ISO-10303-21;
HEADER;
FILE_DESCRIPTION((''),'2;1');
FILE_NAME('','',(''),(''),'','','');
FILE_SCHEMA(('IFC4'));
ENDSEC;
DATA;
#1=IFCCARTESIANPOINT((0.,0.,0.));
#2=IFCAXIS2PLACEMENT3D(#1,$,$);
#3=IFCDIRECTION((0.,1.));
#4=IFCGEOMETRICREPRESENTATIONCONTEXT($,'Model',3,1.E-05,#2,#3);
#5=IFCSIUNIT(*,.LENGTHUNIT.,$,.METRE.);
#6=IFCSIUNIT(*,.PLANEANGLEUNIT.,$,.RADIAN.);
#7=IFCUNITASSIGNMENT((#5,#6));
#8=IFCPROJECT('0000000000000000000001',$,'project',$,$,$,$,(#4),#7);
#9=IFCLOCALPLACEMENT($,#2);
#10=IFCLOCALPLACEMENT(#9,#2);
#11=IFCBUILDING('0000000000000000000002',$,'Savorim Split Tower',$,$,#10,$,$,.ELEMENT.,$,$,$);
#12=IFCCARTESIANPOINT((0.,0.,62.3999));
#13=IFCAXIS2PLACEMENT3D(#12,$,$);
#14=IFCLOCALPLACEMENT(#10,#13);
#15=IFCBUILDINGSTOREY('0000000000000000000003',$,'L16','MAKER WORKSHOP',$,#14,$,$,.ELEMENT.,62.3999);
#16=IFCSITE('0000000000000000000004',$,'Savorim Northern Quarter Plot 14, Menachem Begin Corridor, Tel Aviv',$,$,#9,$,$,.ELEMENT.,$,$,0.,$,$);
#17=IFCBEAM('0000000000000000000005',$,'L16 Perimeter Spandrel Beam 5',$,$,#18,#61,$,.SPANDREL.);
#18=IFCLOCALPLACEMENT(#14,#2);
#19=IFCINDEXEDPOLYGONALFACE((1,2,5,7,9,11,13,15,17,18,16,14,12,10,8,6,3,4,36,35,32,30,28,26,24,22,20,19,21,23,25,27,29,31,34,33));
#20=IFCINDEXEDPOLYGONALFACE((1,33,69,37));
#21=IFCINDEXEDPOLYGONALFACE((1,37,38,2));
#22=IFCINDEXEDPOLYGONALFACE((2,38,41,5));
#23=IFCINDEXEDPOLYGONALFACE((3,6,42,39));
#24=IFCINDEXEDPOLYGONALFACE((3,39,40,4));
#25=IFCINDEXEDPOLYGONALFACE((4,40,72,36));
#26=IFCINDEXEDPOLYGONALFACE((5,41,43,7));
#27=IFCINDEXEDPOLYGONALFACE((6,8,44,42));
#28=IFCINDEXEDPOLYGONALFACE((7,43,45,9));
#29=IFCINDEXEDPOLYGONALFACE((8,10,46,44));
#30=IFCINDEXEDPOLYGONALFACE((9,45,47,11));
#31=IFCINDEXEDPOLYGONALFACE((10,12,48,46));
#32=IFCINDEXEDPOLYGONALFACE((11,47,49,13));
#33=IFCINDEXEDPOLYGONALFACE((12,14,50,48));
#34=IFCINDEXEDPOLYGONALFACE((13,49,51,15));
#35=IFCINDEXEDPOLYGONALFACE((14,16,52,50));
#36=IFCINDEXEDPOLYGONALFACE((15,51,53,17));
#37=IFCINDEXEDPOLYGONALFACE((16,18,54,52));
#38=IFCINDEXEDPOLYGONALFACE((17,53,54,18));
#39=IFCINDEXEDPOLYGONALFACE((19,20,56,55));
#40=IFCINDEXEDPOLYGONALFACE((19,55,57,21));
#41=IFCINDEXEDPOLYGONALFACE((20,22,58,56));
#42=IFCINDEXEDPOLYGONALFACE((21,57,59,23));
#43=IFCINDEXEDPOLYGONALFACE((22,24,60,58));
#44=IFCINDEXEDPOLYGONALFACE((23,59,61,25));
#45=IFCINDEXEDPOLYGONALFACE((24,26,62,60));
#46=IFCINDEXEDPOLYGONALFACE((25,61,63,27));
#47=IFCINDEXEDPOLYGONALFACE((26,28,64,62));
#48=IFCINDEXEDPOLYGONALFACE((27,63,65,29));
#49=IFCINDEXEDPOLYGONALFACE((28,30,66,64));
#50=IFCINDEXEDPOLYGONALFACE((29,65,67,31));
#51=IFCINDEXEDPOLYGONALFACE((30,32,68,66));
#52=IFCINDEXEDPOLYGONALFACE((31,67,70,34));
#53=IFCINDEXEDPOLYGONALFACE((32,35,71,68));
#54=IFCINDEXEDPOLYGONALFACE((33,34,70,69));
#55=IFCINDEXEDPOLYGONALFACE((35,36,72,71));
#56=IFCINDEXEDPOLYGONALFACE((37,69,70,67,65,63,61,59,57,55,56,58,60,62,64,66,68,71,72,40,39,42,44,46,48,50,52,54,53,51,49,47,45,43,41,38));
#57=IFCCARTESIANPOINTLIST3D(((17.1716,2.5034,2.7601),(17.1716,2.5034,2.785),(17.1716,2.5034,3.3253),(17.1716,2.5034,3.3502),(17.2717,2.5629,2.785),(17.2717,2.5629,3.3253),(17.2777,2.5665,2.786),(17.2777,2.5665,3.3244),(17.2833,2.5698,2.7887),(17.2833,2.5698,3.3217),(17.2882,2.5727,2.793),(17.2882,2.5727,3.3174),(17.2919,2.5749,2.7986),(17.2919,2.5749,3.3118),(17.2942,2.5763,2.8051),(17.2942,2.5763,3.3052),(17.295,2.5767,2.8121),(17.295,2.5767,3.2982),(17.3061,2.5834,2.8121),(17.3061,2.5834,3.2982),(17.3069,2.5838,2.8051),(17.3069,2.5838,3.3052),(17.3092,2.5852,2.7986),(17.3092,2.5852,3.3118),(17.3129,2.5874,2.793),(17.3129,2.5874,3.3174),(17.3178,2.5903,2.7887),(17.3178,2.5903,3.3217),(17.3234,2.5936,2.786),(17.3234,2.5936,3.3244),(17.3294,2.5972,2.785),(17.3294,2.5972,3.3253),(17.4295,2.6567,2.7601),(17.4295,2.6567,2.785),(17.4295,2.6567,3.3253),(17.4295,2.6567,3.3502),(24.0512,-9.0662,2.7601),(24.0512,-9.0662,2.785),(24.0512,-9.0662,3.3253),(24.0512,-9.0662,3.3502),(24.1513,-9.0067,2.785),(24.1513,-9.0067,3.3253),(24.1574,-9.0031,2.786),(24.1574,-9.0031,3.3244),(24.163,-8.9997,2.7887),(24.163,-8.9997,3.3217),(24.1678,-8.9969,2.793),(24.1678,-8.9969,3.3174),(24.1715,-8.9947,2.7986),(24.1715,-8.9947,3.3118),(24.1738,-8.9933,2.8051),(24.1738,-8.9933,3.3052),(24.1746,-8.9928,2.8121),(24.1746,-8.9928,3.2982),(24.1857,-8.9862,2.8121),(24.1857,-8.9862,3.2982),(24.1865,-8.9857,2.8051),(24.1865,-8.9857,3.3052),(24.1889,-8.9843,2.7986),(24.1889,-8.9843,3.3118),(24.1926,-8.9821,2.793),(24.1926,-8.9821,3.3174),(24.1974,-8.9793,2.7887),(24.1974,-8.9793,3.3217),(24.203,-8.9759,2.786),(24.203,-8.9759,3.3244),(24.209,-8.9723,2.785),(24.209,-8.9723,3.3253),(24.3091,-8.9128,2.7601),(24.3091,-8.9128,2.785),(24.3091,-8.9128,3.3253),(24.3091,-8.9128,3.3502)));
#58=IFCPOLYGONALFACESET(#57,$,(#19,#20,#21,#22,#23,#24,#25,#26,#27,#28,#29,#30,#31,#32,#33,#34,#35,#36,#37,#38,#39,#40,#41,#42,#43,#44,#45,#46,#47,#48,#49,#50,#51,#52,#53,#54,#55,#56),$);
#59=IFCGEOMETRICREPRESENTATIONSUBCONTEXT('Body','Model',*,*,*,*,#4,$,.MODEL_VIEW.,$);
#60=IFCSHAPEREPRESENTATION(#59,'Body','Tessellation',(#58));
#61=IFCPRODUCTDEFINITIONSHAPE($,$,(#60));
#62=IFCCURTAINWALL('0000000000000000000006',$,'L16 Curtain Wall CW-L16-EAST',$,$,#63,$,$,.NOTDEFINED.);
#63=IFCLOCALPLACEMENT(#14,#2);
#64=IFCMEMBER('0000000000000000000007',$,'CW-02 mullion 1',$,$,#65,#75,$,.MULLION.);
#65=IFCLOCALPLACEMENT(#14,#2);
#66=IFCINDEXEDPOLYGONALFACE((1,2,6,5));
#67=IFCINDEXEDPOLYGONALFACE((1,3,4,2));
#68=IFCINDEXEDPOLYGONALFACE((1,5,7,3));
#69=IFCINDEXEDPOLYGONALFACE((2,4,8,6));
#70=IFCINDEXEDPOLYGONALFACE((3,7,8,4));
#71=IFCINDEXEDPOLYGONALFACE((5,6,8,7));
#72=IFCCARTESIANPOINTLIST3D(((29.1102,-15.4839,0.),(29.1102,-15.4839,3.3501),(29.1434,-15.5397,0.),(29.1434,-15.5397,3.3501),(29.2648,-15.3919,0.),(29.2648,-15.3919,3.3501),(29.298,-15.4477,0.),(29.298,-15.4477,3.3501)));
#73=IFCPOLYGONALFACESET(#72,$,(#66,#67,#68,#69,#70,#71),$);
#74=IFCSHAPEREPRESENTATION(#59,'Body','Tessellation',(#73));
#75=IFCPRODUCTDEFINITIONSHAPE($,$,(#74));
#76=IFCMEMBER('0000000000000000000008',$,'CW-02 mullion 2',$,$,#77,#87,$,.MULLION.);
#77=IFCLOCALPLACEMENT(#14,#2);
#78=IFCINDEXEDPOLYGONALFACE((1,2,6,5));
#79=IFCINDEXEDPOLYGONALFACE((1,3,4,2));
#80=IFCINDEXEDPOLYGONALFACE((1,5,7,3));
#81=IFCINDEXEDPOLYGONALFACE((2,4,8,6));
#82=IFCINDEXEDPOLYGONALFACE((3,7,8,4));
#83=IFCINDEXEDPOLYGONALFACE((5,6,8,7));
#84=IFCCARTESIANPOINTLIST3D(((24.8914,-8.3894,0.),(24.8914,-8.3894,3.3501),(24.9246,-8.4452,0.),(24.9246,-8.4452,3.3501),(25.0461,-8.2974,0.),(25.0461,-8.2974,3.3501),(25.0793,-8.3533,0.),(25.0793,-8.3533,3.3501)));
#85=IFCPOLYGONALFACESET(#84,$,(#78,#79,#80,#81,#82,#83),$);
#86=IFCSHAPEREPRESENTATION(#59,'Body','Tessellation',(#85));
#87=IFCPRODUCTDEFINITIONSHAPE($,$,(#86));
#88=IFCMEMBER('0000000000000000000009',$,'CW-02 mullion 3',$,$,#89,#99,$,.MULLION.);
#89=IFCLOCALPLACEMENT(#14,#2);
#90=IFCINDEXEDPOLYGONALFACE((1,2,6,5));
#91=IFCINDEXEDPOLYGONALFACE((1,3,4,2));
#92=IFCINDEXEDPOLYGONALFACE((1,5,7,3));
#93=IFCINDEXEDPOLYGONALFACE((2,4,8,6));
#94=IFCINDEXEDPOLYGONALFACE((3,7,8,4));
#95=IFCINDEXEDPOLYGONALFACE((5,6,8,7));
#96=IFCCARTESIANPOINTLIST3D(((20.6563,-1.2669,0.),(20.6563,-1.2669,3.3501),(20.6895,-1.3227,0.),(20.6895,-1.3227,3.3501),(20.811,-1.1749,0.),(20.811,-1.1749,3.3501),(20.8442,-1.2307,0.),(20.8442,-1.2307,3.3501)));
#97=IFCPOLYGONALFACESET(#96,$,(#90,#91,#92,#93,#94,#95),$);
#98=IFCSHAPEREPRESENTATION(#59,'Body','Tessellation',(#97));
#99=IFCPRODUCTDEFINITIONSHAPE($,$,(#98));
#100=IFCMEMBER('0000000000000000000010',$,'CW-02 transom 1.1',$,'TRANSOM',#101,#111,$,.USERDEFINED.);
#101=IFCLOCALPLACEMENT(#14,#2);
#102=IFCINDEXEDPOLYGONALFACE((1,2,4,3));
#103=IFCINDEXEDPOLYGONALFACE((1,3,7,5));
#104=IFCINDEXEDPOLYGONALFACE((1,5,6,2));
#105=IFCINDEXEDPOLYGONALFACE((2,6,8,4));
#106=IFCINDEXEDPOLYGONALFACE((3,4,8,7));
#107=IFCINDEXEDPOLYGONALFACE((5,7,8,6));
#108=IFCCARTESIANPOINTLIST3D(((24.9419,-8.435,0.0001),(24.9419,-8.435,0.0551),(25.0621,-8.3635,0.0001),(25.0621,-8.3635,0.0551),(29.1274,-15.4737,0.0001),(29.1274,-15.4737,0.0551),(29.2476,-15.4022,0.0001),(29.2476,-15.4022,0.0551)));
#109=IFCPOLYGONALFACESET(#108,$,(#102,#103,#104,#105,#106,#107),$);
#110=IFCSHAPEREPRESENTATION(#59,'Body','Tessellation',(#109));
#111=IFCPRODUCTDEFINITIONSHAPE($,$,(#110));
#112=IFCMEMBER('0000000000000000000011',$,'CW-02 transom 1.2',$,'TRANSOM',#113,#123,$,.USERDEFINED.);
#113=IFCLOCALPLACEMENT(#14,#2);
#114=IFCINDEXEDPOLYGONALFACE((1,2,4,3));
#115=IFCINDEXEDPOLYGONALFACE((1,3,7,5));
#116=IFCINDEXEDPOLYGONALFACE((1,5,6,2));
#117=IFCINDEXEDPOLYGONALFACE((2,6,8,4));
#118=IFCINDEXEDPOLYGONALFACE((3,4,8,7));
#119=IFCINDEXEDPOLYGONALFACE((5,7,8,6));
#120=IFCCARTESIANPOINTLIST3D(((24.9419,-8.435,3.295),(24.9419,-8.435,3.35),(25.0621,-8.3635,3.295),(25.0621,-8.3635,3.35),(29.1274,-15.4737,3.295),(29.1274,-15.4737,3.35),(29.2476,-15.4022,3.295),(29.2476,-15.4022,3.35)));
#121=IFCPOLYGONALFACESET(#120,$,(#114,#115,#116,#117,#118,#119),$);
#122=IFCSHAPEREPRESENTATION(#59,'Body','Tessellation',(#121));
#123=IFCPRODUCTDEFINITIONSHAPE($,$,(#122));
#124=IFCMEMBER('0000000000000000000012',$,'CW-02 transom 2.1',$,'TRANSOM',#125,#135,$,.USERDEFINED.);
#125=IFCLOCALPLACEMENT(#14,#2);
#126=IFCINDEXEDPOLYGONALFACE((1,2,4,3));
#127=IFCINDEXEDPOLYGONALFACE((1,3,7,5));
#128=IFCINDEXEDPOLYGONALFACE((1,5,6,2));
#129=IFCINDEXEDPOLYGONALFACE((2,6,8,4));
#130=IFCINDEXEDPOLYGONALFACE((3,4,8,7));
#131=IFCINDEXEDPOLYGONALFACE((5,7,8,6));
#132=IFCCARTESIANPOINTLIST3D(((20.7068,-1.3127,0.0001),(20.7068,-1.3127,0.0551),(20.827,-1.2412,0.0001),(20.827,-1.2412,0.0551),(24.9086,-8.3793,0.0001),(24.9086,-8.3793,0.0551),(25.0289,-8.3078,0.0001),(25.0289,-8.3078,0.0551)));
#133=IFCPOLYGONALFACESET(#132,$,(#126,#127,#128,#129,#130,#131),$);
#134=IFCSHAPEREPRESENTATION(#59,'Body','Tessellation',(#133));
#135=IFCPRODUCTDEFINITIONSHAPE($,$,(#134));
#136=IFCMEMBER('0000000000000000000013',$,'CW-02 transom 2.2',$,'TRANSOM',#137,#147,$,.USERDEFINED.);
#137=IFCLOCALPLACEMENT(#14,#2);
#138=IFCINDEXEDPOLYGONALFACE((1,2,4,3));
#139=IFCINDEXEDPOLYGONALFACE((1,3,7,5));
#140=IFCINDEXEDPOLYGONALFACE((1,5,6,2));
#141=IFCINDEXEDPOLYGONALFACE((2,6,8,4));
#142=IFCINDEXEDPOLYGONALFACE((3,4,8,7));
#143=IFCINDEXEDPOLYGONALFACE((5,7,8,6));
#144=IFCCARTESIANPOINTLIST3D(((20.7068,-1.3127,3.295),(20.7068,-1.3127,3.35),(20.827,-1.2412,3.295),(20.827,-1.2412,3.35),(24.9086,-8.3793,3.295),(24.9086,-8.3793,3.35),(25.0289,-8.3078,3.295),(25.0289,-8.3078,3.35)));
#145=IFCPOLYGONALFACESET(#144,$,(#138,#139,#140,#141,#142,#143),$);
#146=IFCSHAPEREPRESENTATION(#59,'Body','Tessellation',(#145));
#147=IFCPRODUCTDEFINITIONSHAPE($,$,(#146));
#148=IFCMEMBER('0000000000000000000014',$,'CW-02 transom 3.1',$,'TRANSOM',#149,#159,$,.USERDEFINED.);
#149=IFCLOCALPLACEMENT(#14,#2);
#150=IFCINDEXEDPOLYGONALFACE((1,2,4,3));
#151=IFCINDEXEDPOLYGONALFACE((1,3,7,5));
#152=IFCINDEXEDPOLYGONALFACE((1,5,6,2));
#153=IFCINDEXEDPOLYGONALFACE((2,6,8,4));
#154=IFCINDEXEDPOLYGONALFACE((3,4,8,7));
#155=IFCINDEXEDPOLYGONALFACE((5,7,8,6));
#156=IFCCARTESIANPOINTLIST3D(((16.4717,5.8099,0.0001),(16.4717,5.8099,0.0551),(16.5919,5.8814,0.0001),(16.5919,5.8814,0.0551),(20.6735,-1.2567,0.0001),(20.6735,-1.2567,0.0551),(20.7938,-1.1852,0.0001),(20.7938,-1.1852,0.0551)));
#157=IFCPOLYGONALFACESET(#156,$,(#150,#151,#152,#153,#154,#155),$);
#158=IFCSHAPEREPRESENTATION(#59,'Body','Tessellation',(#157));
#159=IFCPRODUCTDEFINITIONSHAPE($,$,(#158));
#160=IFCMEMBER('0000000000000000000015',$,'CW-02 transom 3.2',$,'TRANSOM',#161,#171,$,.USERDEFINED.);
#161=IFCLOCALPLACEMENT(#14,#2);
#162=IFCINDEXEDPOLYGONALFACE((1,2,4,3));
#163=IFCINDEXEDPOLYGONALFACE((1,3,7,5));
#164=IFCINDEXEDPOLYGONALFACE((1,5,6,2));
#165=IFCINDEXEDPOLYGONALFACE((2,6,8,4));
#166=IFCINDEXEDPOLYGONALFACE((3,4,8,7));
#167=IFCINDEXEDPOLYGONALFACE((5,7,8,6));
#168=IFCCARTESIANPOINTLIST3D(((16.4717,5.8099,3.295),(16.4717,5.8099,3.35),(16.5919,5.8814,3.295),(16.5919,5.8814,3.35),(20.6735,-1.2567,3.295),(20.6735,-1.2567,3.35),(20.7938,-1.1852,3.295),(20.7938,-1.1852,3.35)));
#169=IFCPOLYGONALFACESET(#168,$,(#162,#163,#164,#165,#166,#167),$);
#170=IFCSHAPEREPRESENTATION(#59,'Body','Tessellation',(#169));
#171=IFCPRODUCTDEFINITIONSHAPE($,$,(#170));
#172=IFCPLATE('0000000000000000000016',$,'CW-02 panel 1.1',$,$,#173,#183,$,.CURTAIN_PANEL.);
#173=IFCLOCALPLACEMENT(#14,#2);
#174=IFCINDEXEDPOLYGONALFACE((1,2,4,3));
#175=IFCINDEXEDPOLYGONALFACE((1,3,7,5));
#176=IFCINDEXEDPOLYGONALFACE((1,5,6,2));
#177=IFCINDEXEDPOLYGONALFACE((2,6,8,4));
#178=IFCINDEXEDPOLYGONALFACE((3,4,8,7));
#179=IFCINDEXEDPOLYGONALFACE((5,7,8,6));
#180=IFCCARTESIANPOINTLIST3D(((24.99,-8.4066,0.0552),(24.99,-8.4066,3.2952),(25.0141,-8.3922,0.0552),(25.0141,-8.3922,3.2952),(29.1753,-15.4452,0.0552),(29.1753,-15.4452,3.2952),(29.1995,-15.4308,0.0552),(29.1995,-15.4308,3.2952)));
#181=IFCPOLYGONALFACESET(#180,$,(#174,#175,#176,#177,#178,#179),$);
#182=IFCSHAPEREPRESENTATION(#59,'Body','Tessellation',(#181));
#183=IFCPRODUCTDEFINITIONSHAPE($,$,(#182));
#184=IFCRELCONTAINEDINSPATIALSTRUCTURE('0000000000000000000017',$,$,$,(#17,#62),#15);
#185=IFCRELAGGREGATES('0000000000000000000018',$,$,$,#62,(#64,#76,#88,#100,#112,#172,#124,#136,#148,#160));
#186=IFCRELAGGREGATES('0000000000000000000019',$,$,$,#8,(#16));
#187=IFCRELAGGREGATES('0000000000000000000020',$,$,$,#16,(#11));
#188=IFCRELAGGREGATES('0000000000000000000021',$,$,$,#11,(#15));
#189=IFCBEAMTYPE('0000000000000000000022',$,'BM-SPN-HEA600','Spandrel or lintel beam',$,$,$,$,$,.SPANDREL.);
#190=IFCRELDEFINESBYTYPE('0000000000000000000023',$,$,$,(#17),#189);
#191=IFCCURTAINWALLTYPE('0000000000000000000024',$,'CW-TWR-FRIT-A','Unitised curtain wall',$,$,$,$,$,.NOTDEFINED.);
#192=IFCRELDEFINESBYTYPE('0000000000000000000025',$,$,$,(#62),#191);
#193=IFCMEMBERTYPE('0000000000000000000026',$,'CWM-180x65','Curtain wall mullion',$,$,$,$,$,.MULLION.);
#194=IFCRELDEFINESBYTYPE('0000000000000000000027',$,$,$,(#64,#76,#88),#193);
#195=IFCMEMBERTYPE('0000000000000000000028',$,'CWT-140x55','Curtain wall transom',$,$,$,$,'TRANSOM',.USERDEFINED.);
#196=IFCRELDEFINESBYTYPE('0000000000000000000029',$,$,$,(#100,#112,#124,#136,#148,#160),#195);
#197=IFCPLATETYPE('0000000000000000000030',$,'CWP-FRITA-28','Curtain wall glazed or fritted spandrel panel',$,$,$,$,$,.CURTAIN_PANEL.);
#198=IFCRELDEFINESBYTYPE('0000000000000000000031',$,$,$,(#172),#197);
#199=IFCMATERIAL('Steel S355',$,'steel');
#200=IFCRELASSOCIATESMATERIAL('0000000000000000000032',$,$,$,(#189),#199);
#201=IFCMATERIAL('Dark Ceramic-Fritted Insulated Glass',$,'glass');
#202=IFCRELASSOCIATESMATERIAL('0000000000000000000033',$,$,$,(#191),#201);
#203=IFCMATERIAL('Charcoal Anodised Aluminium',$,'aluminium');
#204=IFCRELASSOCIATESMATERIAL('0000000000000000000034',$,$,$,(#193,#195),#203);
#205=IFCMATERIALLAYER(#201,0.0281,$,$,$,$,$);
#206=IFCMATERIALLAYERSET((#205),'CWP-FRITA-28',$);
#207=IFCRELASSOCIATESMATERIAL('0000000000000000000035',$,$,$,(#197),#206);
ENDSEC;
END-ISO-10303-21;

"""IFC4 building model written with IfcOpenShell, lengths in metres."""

from ifc_helpers import new_model, si_unit, direction, frame, origin, origin_2d, place, context, subcontext, project, spatial, rectangle, i_section, extrude, material, layer, layer_set, material_profile, profile_set, type_object, element, aggregate, save


model = new_model("IFC4")

# Units and contexts
model_context = context("Model", 3, precision=1e-05, world=origin(), true_north=direction((0.0, 1.0)))
body_context = subcontext(model_context, "Body", "Model", "MODEL_VIEW")
ifc_project = project(units=[si_unit("LENGTHUNIT", "METRE"), si_unit("PLANEANGLEUNIT", "RADIAN")], contexts=[model_context])

# Site, building, storey
site_placement = place(None, origin())
site = spatial("IfcSite", under=ifc_project, at=site_placement, Name="Savorim Northern Quarter Plot 14, Menachem Begin Corridor, Tel Aviv", CompositionType="ELEMENT", RefElevation=0.0)
building_placement = place(site_placement, origin())
building = spatial("IfcBuilding", under=site, at=building_placement, Name="Savorim Split Tower", CompositionType="ELEMENT")
storey_placement = place(building_placement, frame((0.0, 0.0, 62.3999)))
storey = spatial("IfcBuildingStorey", under=building, at=storey_placement, Name="L16", Description="MAKER WORKSHOP", CompositionType="ELEMENT", Elevation=62.3999)

# Beam
ifc_material_1 = material(Name="Steel S355", Category="steel")
ifc_material_profile_1 = material_profile(ifc_material_1, i_section(OverallWidth=0.3, OverallDepth=0.5901, WebThickness=0.0129, FlangeThickness=0.0249, FilletRadius=0.0271, at=origin_2d()), Name="HEA 600")
ifc_profile_set_1 = profile_set([ifc_material_profile_1], Name="Steel S355")
beam_type_1 = type_object("IfcBeamType", Name="BM-SPN-HEA600", Description="Spandrel or lintel beam", PredefinedType="SPANDREL", material=ifc_profile_set_1)
beam_1_placement = place(storey_placement, frame((24.1802, -8.9895, 3.0552), z_axis=(-0.511099, 0.859522, 0.0), x_axis=(-0.859522, -0.511099, 0.0)))
element("IfcBeam", 1, at=beam_1_placement, inside=storey, type_object=beam_type_1, Name="L16 Perimeter Spandrel Beam 5", PredefinedType="SPANDREL", context=body_context, shape_type="SweptSolid", body=[
    extrude(i_section(OverallWidth=0.3, OverallDepth=0.5901, WebThickness=0.0129, FlangeThickness=0.0249, FilletRadius=0.0271, at=origin_2d()), origin(), (0.0, 0.0, 1.0), 13.4604),
])

# Curtain wall, members, plate
ifc_material_2 = material(Name="Dark Ceramic-Fritted Insulated Glass", Category="glass")
curtain_wall_type = type_object("IfcCurtainWallType", Name="CW-TWR-FRIT-A", Description="Unitised curtain wall", PredefinedType="NOTDEFINED", material=ifc_material_2)
curtain_wall_placement = place(storey_placement, origin())
curtain_wall = element("IfcCurtainWall", 2, at=curtain_wall_placement, inside=storey, type_object=curtain_wall_type, Name="L16 Curtain Wall CW-L16-EAST", PredefinedType="NOTDEFINED")
ifc_material_3 = material(Name="Charcoal Anodised Aluminium", Category="aluminium")
ifc_material_profile_2 = material_profile(ifc_material_3, rectangle(XDim=0.1799, YDim=0.0649, at=origin_2d()), Name="ALU-M 180x65")
ifc_profile_set_2 = profile_set([ifc_material_profile_2], Name="Charcoal Anodised Aluminium")
member_type_1 = type_object("IfcMemberType", Name="CWM-180x65", Description="Curtain wall mullion", PredefinedType="MULLION", material=ifc_profile_set_2)
member_1_placement = place(storey_placement, frame((29.2041, -15.4658, 0.0), z_axis=(0.0, 0.0, 1.0), x_axis=(-0.859526, -0.511092, 0.0)))
member_1 = element("IfcMember", 3, at=member_1_placement, type_object=member_type_1, Name="CW-02 mullion 1", PredefinedType="MULLION", context=body_context, shape_type="SweptSolid", body=[
    extrude(rectangle(XDim=0.1799, YDim=0.0649, at=origin_2d()), origin(), (0.0, 0.0, 1.0), 3.3501),
])
member_2_placement = place(storey_placement, frame((24.9854, -8.3713, 0.0), z_axis=(0.0, 0.0, 1.0), x_axis=(-0.859526, -0.511092, 0.0)))
member_2 = element("IfcMember", 4, at=member_2_placement, type_object=member_type_1, Name="CW-02 mullion 2", PredefinedType="MULLION", context=body_context, shape_type="SweptSolid", body=[
    extrude(rectangle(XDim=0.1799, YDim=0.0649, at=origin_2d()), origin(), (0.0, 0.0, 1.0), 3.3501),
])
member_3_placement = place(storey_placement, frame((20.7502, -1.2488, 0.0), z_axis=(0.0, 0.0, 1.0), x_axis=(-0.859526, -0.511092, 0.0)))
member_3 = element("IfcMember", 5, at=member_3_placement, type_object=member_type_1, Name="CW-02 mullion 3", PredefinedType="MULLION", context=body_context, shape_type="SweptSolid", body=[
    extrude(rectangle(XDim=0.1799, YDim=0.0649, at=origin_2d()), origin(), (0.0, 0.0, 1.0), 3.3501),
])
ifc_material_profile_3 = material_profile(ifc_material_3, rectangle(XDim=0.1399, YDim=0.0549, at=origin_2d()), Name="ALU-T 140x55")
ifc_profile_set_3 = profile_set([ifc_material_profile_3], Name="Charcoal Anodised Aluminium")
member_type_2 = type_object("IfcMemberType", Name="CWT-140x55", Description="Curtain wall transom", ElementType="TRANSOM", PredefinedType="USERDEFINED", material=ifc_profile_set_3)
member_4_placement = place(storey_placement, frame((29.1875, -15.438, 0.0276), z_axis=(-0.511103, 0.85952, 0.0), x_axis=(-0.85952, -0.511103, 0.0)))
member_4 = element("IfcMember", 6, at=member_4_placement, type_object=member_type_2, Name="CW-02 transom 1.1", ObjectType="TRANSOM", PredefinedType="USERDEFINED", context=body_context, shape_type="SweptSolid", body=[
    extrude(rectangle(XDim=0.1399, YDim=0.0549, at=origin_2d()), origin(), (0.0, 0.0, 1.0), 8.1892),
])
member_5_placement = place(storey_placement, frame((29.1875, -15.438, 3.3225), z_axis=(-0.511103, 0.85952, 0.0), x_axis=(-0.85952, -0.511103, 0.0)))
member_5 = element("IfcMember", 7, at=member_5_placement, type_object=member_type_2, Name="CW-02 transom 1.2", ObjectType="TRANSOM", PredefinedType="USERDEFINED", context=body_context, shape_type="SweptSolid", body=[
    extrude(rectangle(XDim=0.1399, YDim=0.0549, at=origin_2d()), origin(), (0.0, 0.0, 1.0), 8.1892),
])
member_6_placement = place(storey_placement, frame((24.9688, -8.3435, 0.0276), z_axis=(-0.511085, 0.85953, 0.0), x_axis=(-0.85953, -0.511085, 0.0)))
member_6 = element("IfcMember", 8, at=member_6_placement, type_object=member_type_2, Name="CW-02 transom 2.1", ObjectType="TRANSOM", PredefinedType="USERDEFINED", context=body_context, shape_type="SweptSolid", body=[
    extrude(rectangle(XDim=0.1399, YDim=0.0549, at=origin_2d()), origin(), (0.0, 0.0, 1.0), 8.2214),
])
member_7_placement = place(storey_placement, frame((24.9688, -8.3435, 3.3225), z_axis=(-0.511085, 0.85953, 0.0), x_axis=(-0.85953, -0.511085, 0.0)))
member_7 = element("IfcMember", 9, at=member_7_placement, type_object=member_type_2, Name="CW-02 transom 2.2", ObjectType="TRANSOM", PredefinedType="USERDEFINED", context=body_context, shape_type="SweptSolid", body=[
    extrude(rectangle(XDim=0.1399, YDim=0.0549, at=origin_2d()), origin(), (0.0, 0.0, 1.0), 8.2214),
])
member_8_placement = place(storey_placement, frame((20.7336, -1.2209, 0.0276), z_axis=(-0.511085, 0.85953, 0.0), x_axis=(-0.85953, -0.511085, 0.0)))
member_8 = element("IfcMember", 10, at=member_8_placement, type_object=member_type_2, Name="CW-02 transom 3.1", ObjectType="TRANSOM", PredefinedType="USERDEFINED", context=body_context, shape_type="SweptSolid", body=[
    extrude(rectangle(XDim=0.1399, YDim=0.0549, at=origin_2d()), origin(), (0.0, 0.0, 1.0), 8.2214),
])
member_9_placement = place(storey_placement, frame((20.7336, -1.2209, 3.3225), z_axis=(-0.511085, 0.85953, 0.0), x_axis=(-0.85953, -0.511085, 0.0)))
member_9 = element("IfcMember", 11, at=member_9_placement, type_object=member_type_2, Name="CW-02 transom 3.2", ObjectType="TRANSOM", PredefinedType="USERDEFINED", context=body_context, shape_type="SweptSolid", body=[
    extrude(rectangle(XDim=0.1399, YDim=0.0549, at=origin_2d()), origin(), (0.0, 0.0, 1.0), 8.2214),
])
ifc_layer_1 = layer(ifc_material_2, 0.0281)
ifc_layer_set_1 = layer_set([ifc_layer_1], Name="CWP-FRITA-28")
plate_type = type_object("IfcPlateType", Name="CWP-FRITA-28", Description="Curtain wall glazed or fritted spandrel panel", PredefinedType="CURTAIN_PANEL", material=ifc_layer_set_1)
plate_1_placement = place(storey_placement, frame((27.0947, -11.9187, 0.0552), z_axis=(0.0, 0.0, 1.0), x_axis=(-0.511092, 0.859526, 0.0)))
plate_1 = element("IfcPlate", 12, at=plate_1_placement, type_object=plate_type, Name="CW-02 panel 1.1", PredefinedType="CURTAIN_PANEL", context=body_context, shape_type="SweptSolid", body=[
    extrude(rectangle(XDim=8.189, YDim=0.0281, at=origin_2d()), origin(), (0.0, 0.0, 1.0), 3.24),
])
aggregate(curtain_wall, [member_1, member_2, member_3, member_4, member_5, plate_1, member_6, member_7, member_8, member_9])

save(model, "model.ifc")
